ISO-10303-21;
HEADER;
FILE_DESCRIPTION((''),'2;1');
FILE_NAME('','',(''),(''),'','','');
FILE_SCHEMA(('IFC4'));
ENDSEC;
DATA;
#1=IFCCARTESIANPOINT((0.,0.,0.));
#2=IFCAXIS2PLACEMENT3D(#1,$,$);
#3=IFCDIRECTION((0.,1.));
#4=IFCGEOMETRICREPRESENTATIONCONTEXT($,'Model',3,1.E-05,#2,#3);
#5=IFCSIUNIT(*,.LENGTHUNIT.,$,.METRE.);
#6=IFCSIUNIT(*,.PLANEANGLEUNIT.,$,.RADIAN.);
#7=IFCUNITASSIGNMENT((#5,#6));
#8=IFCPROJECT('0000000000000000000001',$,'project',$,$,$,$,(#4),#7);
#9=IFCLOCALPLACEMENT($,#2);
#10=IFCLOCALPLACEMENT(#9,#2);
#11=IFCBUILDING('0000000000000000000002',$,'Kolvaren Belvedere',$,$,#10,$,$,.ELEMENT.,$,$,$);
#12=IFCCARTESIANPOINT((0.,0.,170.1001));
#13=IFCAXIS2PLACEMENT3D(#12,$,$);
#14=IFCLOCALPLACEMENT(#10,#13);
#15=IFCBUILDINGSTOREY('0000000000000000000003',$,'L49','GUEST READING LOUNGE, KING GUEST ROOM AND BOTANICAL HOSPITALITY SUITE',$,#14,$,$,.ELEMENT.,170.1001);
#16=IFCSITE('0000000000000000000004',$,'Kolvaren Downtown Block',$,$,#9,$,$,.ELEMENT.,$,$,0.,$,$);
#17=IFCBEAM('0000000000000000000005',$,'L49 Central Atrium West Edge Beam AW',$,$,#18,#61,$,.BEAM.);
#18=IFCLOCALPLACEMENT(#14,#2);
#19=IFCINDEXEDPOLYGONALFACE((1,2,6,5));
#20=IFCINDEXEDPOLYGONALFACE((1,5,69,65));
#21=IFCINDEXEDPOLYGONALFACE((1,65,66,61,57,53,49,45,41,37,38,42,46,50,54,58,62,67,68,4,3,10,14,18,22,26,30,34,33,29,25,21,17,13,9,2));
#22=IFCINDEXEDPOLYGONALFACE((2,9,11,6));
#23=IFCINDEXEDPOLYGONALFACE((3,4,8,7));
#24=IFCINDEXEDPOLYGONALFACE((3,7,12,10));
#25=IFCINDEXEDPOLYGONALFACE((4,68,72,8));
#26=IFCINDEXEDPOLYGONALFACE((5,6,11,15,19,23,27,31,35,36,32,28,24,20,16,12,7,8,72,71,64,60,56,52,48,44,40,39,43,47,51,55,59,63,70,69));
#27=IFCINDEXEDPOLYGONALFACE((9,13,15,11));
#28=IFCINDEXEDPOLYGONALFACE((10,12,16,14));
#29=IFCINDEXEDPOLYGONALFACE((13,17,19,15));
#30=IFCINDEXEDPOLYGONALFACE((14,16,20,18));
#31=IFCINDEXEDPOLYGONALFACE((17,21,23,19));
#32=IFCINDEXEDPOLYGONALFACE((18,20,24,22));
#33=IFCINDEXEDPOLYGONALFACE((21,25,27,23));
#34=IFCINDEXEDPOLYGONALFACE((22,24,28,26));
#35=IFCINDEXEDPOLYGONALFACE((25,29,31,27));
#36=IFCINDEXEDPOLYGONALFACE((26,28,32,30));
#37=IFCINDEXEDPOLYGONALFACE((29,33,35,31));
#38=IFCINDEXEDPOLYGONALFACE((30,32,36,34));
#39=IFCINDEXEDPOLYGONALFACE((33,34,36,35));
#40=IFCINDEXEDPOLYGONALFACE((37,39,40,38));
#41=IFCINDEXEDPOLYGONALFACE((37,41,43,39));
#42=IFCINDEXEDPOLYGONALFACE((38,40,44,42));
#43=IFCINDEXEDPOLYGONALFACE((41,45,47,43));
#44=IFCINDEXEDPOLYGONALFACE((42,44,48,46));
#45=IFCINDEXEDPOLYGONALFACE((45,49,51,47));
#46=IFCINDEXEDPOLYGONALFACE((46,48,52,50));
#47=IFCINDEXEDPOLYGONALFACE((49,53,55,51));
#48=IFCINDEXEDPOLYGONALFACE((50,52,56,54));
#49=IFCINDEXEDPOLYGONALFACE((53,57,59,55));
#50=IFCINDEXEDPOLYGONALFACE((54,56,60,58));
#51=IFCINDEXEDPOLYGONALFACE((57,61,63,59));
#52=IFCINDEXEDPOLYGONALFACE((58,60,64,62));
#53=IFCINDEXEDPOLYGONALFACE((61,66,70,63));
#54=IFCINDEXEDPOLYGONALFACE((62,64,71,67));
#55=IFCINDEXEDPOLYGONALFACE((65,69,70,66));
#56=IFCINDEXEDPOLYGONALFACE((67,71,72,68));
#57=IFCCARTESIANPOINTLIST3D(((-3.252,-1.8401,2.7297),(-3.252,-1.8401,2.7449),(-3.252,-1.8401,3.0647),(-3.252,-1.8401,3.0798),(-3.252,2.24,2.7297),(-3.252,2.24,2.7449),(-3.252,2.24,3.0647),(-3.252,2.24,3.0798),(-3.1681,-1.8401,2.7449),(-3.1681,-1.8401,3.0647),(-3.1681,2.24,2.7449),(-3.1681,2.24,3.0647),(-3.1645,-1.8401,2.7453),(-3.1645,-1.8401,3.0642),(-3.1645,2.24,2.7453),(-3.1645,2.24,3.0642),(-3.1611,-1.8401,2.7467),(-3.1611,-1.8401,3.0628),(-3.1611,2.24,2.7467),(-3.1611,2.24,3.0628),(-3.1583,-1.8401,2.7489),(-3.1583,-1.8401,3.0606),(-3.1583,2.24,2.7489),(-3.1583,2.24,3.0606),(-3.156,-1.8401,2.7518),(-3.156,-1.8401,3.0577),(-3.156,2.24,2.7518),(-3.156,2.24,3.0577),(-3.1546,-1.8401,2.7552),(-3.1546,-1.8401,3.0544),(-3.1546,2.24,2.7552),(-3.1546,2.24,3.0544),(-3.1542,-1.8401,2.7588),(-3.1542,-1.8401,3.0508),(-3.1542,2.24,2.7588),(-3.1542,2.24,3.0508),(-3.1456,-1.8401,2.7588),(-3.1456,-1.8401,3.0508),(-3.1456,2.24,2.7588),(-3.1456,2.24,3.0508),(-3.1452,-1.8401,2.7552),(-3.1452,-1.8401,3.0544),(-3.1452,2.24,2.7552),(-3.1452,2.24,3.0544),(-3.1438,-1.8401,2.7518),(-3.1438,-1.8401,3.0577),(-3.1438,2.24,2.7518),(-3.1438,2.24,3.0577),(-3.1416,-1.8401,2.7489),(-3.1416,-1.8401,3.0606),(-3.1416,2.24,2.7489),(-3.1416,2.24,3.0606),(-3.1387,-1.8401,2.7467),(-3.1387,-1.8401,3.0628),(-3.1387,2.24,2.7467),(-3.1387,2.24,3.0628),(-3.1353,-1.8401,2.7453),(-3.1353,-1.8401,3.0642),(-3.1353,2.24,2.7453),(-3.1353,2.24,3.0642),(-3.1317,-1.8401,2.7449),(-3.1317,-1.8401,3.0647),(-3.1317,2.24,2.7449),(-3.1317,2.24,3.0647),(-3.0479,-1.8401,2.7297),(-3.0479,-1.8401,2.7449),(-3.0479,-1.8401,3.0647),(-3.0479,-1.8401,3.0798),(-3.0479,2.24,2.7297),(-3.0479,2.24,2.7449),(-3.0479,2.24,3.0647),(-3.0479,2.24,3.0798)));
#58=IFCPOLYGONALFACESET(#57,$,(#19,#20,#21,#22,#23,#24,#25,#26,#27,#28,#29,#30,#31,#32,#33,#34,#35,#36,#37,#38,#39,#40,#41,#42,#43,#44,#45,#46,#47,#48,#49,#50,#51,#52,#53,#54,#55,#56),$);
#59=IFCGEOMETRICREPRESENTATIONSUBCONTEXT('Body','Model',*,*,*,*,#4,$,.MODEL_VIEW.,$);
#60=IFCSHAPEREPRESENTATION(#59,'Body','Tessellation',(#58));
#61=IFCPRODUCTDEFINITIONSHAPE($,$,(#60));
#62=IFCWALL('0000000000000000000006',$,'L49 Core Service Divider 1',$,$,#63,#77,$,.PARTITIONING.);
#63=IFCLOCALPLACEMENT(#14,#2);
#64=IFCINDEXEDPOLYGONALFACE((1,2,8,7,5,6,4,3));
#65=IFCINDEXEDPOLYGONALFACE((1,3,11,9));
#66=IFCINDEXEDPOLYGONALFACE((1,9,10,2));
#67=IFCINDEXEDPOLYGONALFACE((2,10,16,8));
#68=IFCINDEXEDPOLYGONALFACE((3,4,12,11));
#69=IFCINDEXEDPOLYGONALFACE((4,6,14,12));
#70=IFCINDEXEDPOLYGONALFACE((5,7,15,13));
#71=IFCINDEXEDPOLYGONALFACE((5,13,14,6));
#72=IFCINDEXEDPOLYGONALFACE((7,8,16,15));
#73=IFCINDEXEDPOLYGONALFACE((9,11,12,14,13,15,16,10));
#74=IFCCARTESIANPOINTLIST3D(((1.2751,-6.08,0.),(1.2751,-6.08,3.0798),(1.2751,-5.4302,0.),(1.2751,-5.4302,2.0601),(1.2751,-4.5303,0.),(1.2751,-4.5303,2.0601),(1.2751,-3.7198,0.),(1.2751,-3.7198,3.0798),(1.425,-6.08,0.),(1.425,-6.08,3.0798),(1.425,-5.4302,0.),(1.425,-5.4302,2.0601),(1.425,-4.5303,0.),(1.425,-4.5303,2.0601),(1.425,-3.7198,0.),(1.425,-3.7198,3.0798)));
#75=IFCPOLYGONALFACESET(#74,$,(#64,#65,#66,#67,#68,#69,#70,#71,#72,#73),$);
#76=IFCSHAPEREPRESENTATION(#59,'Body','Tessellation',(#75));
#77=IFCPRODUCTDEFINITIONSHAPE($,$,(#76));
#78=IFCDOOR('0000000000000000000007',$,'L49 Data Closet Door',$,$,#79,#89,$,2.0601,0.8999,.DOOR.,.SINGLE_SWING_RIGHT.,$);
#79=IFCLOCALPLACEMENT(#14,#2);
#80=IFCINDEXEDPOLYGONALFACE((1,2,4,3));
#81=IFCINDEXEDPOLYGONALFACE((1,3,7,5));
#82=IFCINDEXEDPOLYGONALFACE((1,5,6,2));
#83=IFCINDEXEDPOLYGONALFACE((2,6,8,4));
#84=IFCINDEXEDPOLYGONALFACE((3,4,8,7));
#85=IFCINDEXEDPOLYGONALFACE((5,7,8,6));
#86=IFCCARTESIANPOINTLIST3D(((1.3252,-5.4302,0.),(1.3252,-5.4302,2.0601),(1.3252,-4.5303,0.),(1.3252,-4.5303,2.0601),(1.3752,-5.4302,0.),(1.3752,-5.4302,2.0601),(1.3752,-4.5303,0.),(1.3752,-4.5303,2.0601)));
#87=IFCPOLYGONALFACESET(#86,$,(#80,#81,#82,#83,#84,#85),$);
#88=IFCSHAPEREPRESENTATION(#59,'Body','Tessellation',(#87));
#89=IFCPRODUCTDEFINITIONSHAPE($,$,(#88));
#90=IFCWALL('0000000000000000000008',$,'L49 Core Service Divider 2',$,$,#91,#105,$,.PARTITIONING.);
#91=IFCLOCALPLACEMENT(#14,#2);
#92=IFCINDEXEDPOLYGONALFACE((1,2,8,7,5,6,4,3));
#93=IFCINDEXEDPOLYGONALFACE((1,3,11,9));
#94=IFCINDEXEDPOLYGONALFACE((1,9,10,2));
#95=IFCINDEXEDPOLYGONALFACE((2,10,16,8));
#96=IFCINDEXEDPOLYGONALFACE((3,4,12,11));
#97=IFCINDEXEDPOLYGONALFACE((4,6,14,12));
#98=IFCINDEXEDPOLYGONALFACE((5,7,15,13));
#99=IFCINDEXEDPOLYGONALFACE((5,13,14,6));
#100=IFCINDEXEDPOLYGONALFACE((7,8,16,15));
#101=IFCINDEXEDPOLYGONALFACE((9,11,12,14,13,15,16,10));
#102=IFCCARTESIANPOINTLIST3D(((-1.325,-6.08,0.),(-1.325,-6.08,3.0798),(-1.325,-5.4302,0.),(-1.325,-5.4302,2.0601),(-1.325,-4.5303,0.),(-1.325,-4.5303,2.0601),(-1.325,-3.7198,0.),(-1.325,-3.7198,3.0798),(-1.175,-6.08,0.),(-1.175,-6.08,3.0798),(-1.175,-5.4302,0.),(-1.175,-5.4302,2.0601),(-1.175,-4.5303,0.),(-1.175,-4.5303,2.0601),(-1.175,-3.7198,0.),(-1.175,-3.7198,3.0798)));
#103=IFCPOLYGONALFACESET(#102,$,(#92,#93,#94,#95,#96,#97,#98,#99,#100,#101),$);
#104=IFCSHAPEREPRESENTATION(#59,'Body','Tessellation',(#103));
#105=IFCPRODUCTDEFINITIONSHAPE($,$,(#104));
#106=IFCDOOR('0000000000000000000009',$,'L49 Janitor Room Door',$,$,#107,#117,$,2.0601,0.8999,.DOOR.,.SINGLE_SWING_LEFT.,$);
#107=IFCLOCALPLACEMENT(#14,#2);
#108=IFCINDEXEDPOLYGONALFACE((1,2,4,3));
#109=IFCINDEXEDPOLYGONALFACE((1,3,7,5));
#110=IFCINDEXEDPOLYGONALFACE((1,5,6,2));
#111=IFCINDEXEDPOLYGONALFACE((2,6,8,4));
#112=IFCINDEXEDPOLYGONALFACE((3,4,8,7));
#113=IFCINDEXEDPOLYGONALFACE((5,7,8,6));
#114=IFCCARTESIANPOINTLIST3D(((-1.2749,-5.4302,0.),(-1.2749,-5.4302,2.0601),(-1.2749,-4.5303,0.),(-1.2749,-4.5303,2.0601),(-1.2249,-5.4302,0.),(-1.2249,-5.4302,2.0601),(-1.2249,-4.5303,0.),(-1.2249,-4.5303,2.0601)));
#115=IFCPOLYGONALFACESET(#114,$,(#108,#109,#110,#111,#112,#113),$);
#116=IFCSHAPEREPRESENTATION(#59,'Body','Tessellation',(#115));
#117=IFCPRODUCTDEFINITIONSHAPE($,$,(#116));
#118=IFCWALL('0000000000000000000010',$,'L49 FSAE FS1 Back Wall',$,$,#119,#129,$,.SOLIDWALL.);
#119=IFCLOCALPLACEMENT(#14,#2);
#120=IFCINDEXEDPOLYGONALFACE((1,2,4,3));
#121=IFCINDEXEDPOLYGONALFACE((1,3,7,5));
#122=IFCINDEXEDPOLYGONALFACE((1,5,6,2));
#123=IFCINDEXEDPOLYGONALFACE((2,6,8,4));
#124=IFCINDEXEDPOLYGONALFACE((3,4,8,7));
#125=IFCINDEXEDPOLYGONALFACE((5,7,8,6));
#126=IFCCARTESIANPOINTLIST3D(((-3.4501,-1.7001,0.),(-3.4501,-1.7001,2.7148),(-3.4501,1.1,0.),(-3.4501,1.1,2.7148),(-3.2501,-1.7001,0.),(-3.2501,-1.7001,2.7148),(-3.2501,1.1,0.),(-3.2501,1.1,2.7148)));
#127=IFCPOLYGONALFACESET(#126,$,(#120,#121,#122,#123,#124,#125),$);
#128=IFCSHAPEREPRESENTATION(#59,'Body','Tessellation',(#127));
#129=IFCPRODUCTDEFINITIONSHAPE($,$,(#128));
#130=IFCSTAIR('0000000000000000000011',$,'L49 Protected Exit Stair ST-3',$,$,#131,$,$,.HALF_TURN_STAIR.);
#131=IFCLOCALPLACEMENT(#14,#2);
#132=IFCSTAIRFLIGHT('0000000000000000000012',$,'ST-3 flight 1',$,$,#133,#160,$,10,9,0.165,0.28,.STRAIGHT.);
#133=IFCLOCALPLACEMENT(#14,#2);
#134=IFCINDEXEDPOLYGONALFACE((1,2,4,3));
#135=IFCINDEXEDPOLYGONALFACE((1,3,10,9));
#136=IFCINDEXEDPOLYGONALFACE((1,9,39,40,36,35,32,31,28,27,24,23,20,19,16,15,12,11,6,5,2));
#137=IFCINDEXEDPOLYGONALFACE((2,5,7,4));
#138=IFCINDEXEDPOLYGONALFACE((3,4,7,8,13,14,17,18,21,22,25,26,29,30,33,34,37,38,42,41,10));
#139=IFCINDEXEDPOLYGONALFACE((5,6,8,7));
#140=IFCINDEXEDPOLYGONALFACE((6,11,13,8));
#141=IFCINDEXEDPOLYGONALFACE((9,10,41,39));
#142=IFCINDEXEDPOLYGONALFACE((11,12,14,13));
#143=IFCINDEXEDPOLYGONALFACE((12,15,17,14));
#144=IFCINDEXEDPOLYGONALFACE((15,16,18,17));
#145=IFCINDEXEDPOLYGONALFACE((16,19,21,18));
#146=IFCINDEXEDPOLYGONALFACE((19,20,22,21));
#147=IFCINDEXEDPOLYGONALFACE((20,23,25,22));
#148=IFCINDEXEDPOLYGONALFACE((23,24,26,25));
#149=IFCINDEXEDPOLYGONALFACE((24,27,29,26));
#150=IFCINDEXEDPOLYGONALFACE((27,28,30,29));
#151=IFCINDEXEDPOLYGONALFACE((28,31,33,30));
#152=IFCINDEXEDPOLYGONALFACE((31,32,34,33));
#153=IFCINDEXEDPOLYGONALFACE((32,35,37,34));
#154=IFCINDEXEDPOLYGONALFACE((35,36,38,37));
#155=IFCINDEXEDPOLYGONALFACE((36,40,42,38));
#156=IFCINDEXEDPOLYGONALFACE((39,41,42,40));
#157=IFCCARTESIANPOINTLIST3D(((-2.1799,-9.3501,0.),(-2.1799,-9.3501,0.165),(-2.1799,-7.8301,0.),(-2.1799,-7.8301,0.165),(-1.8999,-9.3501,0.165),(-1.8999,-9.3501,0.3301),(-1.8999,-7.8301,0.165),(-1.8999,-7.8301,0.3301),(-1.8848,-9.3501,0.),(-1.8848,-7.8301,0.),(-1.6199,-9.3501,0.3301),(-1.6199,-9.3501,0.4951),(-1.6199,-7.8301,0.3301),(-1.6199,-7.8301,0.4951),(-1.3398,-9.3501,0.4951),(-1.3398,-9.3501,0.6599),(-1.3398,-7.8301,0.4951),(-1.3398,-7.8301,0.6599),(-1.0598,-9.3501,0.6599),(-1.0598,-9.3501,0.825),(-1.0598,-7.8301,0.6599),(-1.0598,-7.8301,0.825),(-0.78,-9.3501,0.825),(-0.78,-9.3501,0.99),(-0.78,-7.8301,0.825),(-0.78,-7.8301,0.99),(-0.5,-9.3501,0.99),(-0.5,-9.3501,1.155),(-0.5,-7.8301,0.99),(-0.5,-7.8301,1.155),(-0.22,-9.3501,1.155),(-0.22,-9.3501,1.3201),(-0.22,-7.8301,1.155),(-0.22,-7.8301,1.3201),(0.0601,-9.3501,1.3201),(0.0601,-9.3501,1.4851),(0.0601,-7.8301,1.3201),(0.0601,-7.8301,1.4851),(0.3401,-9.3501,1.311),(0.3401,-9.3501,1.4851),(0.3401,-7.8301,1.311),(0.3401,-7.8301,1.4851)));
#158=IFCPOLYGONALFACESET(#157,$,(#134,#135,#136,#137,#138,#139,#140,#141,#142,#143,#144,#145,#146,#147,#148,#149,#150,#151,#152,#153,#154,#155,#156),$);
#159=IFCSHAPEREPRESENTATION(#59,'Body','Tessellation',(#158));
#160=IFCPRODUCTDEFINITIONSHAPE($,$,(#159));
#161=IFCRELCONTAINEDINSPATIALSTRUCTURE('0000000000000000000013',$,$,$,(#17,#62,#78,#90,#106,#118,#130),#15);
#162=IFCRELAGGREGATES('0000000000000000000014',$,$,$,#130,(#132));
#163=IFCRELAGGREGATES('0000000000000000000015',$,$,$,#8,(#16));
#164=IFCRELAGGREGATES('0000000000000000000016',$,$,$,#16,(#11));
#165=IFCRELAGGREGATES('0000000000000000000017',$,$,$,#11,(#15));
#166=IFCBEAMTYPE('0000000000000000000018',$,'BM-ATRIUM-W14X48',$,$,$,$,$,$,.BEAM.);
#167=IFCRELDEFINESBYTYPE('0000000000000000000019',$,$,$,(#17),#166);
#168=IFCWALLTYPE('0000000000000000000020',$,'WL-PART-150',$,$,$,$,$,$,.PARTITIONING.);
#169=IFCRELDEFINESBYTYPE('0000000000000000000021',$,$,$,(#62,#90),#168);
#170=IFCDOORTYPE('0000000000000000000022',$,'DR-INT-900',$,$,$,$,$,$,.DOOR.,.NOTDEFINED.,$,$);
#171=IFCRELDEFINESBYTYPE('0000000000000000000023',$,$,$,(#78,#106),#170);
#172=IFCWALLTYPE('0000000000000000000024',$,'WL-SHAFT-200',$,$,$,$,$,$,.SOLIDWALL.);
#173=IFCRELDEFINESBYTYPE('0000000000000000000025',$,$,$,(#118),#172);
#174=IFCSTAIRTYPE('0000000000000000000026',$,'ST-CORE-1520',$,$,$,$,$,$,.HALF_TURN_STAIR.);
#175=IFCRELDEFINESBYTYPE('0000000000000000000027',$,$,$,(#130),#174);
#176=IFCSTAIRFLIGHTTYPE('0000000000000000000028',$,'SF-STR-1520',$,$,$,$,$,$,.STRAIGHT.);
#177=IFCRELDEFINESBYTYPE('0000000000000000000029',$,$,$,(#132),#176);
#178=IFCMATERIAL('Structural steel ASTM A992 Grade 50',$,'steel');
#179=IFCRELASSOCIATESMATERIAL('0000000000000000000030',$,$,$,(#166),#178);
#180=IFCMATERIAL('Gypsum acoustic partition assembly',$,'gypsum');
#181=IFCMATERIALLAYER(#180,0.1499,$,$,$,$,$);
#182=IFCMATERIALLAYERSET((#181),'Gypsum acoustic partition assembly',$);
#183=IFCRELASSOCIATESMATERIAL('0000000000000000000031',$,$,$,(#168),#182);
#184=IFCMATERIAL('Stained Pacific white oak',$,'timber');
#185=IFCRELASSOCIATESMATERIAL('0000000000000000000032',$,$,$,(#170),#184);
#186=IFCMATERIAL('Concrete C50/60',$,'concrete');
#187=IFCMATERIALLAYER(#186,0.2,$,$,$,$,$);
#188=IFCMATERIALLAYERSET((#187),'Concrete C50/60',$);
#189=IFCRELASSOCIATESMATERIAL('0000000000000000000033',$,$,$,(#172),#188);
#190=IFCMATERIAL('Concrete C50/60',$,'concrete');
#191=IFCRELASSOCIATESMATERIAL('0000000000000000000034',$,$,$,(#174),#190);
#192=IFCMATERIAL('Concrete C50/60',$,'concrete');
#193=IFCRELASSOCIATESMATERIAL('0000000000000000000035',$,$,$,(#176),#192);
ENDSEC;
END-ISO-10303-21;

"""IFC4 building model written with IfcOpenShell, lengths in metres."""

from ifc_helpers import new_model, si_unit, direction, frame, frame_2d, origin, origin_2d, place, context, subcontext, project, spatial, polyline, rectangle, i_section, outline, extrude, material, layer, layer_set, material_profile, profile_set, type_object, element, fill, aggregate, save


model = new_model("IFC4")

# Units and contexts
model_context = context("Model", 3, precision=1e-05, world=origin(), true_north=direction((0.0, 1.0)))
body_context = subcontext(model_context, "Body", "Model", "MODEL_VIEW")
ifc_project = project(units=[si_unit("LENGTHUNIT", "METRE"), si_unit("PLANEANGLEUNIT", "RADIAN")], contexts=[model_context])

# Site, building, storey
site_placement = place(None, origin())
site = spatial("IfcSite", under=ifc_project, at=site_placement, Name="Kolvaren Downtown Block", CompositionType="ELEMENT", RefElevation=0.0)
building_placement = place(site_placement, origin())
building = spatial("IfcBuilding", under=site, at=building_placement, Name="Kolvaren Belvedere", CompositionType="ELEMENT")
storey_placement = place(building_placement, frame((0.0, 0.0, 170.1001)))
storey = spatial("IfcBuildingStorey", under=building, at=storey_placement, Name="L49", Description="GUEST READING LOUNGE, KING GUEST ROOM AND BOTANICAL HOSPITALITY SUITE", CompositionType="ELEMENT", Elevation=170.1001)

# Beam
ifc_material_1 = material(Name="Structural steel ASTM A992 Grade 50", Category="steel")
ifc_material_profile = material_profile(ifc_material_1, i_section(OverallWidth=0.2041, OverallDepth=0.3501, WebThickness=0.0085, FlangeThickness=0.0151, FilletRadius=0.0139, at=origin_2d()), Name="W14X48")
ifc_profile_set = profile_set([ifc_material_profile], Name="Structural steel ASTM A992 Grade 50")
beam_type = type_object("IfcBeamType", Name="BM-ATRIUM-W14X48", PredefinedType="BEAM", material=ifc_profile_set)
beam_placement = place(storey_placement, frame((-3.1499, -1.8401, 2.9048), z_axis=(0.0, 1.0, 0.0), x_axis=(-1.0, 0.0, 0.0)))
element("IfcBeam", 1, at=beam_placement, inside=storey, type_object=beam_type, Name="L49 Central Atrium West Edge Beam AW", PredefinedType="BEAM", context=body_context, shape_type="SweptSolid", body=[
    extrude(i_section(OverallWidth=0.2041, OverallDepth=0.3501, WebThickness=0.0085, FlangeThickness=0.0151, FilletRadius=0.0139, at=origin_2d()), origin(), (0.0, 0.0, 1.0), 4.0801),
])

# Walls, openings, doors
ifc_material_2 = material(Name="Gypsum acoustic partition assembly", Category="gypsum")
ifc_layer_1 = layer(ifc_material_2, 0.1499)
ifc_layer_set_1 = layer_set([ifc_layer_1], Name="Gypsum acoustic partition assembly")
wall_type_1 = type_object("IfcWallType", Name="WL-PART-150", PredefinedType="PARTITIONING", material=ifc_layer_set_1)
wall_1_placement = place(storey_placement, frame((1.3501, -6.0801, 0.0), z_axis=(0.0, 0.0, 1.0), x_axis=(0.0, 1.0, 0.0)))
wall_1 = element("IfcWall", 2, at=wall_1_placement, inside=storey, type_object=wall_type_1, Name="L49 Core Service Divider 1", PredefinedType="PARTITIONING", context=body_context, shape_type="SweptSolid", body=[
    extrude(rectangle(XDim=2.3601, YDim=0.1499, at=frame_2d((1.1802, 0.0))), origin(), (0.0, 0.0, 1.0), 3.0798),
])
opening_1_placement = place(wall_1_placement, frame((0.6499, 0.0, 0.0)))
opening_1 = element("IfcOpeningElement", 3, at=opening_1_placement, cuts=wall_1, PredefinedType="OPENING", context=body_context, shape_type="SweptSolid", body=[
    extrude(rectangle(XDim=0.8999, YDim=2.0601, at=frame_2d((0.45, 1.03))), frame((0.0, 0.085, 0.0), z_axis=(0.0, -1.0, 0.0), x_axis=(1.0, 0.0, 0.0)), (0.0, 0.0, 1.0), 0.1699),
])
ifc_material_3 = material(Name="Stained Pacific white oak", Category="timber")
door_type = type_object("IfcDoorType", Name="DR-INT-900", OperationType="NOTDEFINED", PredefinedType="DOOR", material=ifc_material_3)
door_1_placement = place(opening_1_placement, origin())
door_1 = element("IfcDoor", 4, at=door_1_placement, inside=storey, type_object=door_type, Name="L49 Data Closet Door", OperationType="SINGLE_SWING_RIGHT", OverallHeight=2.0601, OverallWidth=0.8999, PredefinedType="DOOR", context=body_context, shape_type="SweptSolid", body=[
    extrude(rectangle(XDim=0.8999, YDim=2.0601, at=frame_2d((0.45, 1.03))), frame((0.0, 0.0249, 0.0), z_axis=(0.0, -1.0, 0.0), x_axis=(1.0, 0.0, 0.0)), (0.0, 0.0, 1.0), 0.05),
])
fill(opening_1, door_1)
wall_2_placement = place(storey_placement, frame((-1.25, -6.0801, 0.0), z_axis=(0.0, 0.0, 1.0), x_axis=(0.0, 1.0, 0.0)))
wall_2 = element("IfcWall", 5, at=wall_2_placement, inside=storey, type_object=wall_type_1, Name="L49 Core Service Divider 2", PredefinedType="PARTITIONING", context=body_context, shape_type="SweptSolid", body=[
    extrude(rectangle(XDim=2.3601, YDim=0.1499, at=frame_2d((1.1802, 0.0))), origin(), (0.0, 0.0, 1.0), 3.0798),
])
opening_2_placement = place(wall_2_placement, frame((0.6499, 0.0, 0.0)))
opening_2 = element("IfcOpeningElement", 6, at=opening_2_placement, cuts=wall_2, PredefinedType="OPENING", context=body_context, shape_type="SweptSolid", body=[
    extrude(rectangle(XDim=0.8999, YDim=2.0601, at=frame_2d((0.45, 1.03))), frame((0.0, 0.085, 0.0), z_axis=(0.0, -1.0, 0.0), x_axis=(1.0, 0.0, 0.0)), (0.0, 0.0, 1.0), 0.1699),
])
door_2_placement = place(opening_2_placement, origin())
door_2 = element("IfcDoor", 7, at=door_2_placement, inside=storey, type_object=door_type, Name="L49 Janitor Room Door", OperationType="SINGLE_SWING_LEFT", OverallHeight=2.0601, OverallWidth=0.8999, PredefinedType="DOOR", context=body_context, shape_type="SweptSolid", body=[
    extrude(rectangle(XDim=0.8999, YDim=2.0601, at=frame_2d((0.45, 1.03))), frame((0.0, 0.0249, 0.0), z_axis=(0.0, -1.0, 0.0), x_axis=(1.0, 0.0, 0.0)), (0.0, 0.0, 1.0), 0.05),
])
fill(opening_2, door_2)

# Wall
ifc_material_4 = material(Name="Concrete C50/60", Category="concrete")
ifc_layer_2 = layer(ifc_material_4, 0.2)
ifc_layer_set_2 = layer_set([ifc_layer_2], Name="Concrete C50/60")
wall_type_2 = type_object("IfcWallType", Name="WL-SHAFT-200", PredefinedType="SOLIDWALL", material=ifc_layer_set_2)
wall_3_placement = place(storey_placement, frame((-3.3501, -1.7, 0.0), z_axis=(0.0, 0.0, 1.0), x_axis=(0.0, 1.0, 0.0)))
element("IfcWall", 8, at=wall_3_placement, inside=storey, type_object=wall_type_2, Name="L49 FSAE FS1 Back Wall", PredefinedType="SOLIDWALL", context=body_context, shape_type="SweptSolid", body=[
    extrude(rectangle(XDim=2.8, YDim=0.2, at=frame_2d((1.3999, 0.0))), origin(), (0.0, 0.0, 1.0), 2.7148),
])

# Stair, stair flight
ifc_material_5 = material(Name="Concrete C50/60", Category="concrete")
stair_type = type_object("IfcStairType", Name="ST-CORE-1520", PredefinedType="HALF_TURN_STAIR", material=ifc_material_5)
stair_placement = place(storey_placement, origin())
stair = element("IfcStair", 9, at=stair_placement, inside=storey, type_object=stair_type, Name="L49 Protected Exit Stair ST-3", PredefinedType="HALF_TURN_STAIR")
ifc_material_6 = material(Name="Concrete C50/60", Category="concrete")
stair_flight_type = type_object("IfcStairFlightType", Name="SF-STR-1520", PredefinedType="STRAIGHT", material=ifc_material_6)
stair_flight_1_placement = place(storey_placement, frame((-2.1799, -8.5901, 0.0), z_axis=(0.0, 0.0, 1.0), x_axis=(1.0, 0.0, 0.0)))
stair_flight_1 = element("IfcStairFlight", 10, at=stair_flight_1_placement, type_object=stair_flight_type, Name="ST-3 flight 1", NumberOfRisers=10, NumberOfTreads=9, PredefinedType="STRAIGHT", RiserHeight=0.165, TreadLength=0.28, context=body_context, shape_type="SweptSolid", body=[
    extrude(outline(polyline([(0.0, 0.0), (0.0, 0.165), (0.28, 0.165), (0.28, 0.3301), (0.5601, 0.3301), (0.5601, 0.4951), (0.8401, 0.4951), (0.8401, 0.6599), (1.1201, 0.6599), (1.1201, 0.825), (1.3999, 0.825), (1.3999, 0.99), (1.6799, 0.99), (1.6799, 1.155), (1.96, 1.155), (1.96, 1.3201), (2.24, 1.3201), (2.24, 1.4851), (2.52, 1.4851), (2.52, 1.6499), (2.52, 1.311), (0.2952, 0.0), (0.0, 0.0)])), frame((0.0, 0.76, 0.0), z_axis=(0.0, -1.0, 0.0), x_axis=(1.0, 0.0, 0.0)), (0.0, 0.0, 1.0), 1.52),
])
aggregate(stair, [stair_flight_1])

save(model, "model.ifc")
